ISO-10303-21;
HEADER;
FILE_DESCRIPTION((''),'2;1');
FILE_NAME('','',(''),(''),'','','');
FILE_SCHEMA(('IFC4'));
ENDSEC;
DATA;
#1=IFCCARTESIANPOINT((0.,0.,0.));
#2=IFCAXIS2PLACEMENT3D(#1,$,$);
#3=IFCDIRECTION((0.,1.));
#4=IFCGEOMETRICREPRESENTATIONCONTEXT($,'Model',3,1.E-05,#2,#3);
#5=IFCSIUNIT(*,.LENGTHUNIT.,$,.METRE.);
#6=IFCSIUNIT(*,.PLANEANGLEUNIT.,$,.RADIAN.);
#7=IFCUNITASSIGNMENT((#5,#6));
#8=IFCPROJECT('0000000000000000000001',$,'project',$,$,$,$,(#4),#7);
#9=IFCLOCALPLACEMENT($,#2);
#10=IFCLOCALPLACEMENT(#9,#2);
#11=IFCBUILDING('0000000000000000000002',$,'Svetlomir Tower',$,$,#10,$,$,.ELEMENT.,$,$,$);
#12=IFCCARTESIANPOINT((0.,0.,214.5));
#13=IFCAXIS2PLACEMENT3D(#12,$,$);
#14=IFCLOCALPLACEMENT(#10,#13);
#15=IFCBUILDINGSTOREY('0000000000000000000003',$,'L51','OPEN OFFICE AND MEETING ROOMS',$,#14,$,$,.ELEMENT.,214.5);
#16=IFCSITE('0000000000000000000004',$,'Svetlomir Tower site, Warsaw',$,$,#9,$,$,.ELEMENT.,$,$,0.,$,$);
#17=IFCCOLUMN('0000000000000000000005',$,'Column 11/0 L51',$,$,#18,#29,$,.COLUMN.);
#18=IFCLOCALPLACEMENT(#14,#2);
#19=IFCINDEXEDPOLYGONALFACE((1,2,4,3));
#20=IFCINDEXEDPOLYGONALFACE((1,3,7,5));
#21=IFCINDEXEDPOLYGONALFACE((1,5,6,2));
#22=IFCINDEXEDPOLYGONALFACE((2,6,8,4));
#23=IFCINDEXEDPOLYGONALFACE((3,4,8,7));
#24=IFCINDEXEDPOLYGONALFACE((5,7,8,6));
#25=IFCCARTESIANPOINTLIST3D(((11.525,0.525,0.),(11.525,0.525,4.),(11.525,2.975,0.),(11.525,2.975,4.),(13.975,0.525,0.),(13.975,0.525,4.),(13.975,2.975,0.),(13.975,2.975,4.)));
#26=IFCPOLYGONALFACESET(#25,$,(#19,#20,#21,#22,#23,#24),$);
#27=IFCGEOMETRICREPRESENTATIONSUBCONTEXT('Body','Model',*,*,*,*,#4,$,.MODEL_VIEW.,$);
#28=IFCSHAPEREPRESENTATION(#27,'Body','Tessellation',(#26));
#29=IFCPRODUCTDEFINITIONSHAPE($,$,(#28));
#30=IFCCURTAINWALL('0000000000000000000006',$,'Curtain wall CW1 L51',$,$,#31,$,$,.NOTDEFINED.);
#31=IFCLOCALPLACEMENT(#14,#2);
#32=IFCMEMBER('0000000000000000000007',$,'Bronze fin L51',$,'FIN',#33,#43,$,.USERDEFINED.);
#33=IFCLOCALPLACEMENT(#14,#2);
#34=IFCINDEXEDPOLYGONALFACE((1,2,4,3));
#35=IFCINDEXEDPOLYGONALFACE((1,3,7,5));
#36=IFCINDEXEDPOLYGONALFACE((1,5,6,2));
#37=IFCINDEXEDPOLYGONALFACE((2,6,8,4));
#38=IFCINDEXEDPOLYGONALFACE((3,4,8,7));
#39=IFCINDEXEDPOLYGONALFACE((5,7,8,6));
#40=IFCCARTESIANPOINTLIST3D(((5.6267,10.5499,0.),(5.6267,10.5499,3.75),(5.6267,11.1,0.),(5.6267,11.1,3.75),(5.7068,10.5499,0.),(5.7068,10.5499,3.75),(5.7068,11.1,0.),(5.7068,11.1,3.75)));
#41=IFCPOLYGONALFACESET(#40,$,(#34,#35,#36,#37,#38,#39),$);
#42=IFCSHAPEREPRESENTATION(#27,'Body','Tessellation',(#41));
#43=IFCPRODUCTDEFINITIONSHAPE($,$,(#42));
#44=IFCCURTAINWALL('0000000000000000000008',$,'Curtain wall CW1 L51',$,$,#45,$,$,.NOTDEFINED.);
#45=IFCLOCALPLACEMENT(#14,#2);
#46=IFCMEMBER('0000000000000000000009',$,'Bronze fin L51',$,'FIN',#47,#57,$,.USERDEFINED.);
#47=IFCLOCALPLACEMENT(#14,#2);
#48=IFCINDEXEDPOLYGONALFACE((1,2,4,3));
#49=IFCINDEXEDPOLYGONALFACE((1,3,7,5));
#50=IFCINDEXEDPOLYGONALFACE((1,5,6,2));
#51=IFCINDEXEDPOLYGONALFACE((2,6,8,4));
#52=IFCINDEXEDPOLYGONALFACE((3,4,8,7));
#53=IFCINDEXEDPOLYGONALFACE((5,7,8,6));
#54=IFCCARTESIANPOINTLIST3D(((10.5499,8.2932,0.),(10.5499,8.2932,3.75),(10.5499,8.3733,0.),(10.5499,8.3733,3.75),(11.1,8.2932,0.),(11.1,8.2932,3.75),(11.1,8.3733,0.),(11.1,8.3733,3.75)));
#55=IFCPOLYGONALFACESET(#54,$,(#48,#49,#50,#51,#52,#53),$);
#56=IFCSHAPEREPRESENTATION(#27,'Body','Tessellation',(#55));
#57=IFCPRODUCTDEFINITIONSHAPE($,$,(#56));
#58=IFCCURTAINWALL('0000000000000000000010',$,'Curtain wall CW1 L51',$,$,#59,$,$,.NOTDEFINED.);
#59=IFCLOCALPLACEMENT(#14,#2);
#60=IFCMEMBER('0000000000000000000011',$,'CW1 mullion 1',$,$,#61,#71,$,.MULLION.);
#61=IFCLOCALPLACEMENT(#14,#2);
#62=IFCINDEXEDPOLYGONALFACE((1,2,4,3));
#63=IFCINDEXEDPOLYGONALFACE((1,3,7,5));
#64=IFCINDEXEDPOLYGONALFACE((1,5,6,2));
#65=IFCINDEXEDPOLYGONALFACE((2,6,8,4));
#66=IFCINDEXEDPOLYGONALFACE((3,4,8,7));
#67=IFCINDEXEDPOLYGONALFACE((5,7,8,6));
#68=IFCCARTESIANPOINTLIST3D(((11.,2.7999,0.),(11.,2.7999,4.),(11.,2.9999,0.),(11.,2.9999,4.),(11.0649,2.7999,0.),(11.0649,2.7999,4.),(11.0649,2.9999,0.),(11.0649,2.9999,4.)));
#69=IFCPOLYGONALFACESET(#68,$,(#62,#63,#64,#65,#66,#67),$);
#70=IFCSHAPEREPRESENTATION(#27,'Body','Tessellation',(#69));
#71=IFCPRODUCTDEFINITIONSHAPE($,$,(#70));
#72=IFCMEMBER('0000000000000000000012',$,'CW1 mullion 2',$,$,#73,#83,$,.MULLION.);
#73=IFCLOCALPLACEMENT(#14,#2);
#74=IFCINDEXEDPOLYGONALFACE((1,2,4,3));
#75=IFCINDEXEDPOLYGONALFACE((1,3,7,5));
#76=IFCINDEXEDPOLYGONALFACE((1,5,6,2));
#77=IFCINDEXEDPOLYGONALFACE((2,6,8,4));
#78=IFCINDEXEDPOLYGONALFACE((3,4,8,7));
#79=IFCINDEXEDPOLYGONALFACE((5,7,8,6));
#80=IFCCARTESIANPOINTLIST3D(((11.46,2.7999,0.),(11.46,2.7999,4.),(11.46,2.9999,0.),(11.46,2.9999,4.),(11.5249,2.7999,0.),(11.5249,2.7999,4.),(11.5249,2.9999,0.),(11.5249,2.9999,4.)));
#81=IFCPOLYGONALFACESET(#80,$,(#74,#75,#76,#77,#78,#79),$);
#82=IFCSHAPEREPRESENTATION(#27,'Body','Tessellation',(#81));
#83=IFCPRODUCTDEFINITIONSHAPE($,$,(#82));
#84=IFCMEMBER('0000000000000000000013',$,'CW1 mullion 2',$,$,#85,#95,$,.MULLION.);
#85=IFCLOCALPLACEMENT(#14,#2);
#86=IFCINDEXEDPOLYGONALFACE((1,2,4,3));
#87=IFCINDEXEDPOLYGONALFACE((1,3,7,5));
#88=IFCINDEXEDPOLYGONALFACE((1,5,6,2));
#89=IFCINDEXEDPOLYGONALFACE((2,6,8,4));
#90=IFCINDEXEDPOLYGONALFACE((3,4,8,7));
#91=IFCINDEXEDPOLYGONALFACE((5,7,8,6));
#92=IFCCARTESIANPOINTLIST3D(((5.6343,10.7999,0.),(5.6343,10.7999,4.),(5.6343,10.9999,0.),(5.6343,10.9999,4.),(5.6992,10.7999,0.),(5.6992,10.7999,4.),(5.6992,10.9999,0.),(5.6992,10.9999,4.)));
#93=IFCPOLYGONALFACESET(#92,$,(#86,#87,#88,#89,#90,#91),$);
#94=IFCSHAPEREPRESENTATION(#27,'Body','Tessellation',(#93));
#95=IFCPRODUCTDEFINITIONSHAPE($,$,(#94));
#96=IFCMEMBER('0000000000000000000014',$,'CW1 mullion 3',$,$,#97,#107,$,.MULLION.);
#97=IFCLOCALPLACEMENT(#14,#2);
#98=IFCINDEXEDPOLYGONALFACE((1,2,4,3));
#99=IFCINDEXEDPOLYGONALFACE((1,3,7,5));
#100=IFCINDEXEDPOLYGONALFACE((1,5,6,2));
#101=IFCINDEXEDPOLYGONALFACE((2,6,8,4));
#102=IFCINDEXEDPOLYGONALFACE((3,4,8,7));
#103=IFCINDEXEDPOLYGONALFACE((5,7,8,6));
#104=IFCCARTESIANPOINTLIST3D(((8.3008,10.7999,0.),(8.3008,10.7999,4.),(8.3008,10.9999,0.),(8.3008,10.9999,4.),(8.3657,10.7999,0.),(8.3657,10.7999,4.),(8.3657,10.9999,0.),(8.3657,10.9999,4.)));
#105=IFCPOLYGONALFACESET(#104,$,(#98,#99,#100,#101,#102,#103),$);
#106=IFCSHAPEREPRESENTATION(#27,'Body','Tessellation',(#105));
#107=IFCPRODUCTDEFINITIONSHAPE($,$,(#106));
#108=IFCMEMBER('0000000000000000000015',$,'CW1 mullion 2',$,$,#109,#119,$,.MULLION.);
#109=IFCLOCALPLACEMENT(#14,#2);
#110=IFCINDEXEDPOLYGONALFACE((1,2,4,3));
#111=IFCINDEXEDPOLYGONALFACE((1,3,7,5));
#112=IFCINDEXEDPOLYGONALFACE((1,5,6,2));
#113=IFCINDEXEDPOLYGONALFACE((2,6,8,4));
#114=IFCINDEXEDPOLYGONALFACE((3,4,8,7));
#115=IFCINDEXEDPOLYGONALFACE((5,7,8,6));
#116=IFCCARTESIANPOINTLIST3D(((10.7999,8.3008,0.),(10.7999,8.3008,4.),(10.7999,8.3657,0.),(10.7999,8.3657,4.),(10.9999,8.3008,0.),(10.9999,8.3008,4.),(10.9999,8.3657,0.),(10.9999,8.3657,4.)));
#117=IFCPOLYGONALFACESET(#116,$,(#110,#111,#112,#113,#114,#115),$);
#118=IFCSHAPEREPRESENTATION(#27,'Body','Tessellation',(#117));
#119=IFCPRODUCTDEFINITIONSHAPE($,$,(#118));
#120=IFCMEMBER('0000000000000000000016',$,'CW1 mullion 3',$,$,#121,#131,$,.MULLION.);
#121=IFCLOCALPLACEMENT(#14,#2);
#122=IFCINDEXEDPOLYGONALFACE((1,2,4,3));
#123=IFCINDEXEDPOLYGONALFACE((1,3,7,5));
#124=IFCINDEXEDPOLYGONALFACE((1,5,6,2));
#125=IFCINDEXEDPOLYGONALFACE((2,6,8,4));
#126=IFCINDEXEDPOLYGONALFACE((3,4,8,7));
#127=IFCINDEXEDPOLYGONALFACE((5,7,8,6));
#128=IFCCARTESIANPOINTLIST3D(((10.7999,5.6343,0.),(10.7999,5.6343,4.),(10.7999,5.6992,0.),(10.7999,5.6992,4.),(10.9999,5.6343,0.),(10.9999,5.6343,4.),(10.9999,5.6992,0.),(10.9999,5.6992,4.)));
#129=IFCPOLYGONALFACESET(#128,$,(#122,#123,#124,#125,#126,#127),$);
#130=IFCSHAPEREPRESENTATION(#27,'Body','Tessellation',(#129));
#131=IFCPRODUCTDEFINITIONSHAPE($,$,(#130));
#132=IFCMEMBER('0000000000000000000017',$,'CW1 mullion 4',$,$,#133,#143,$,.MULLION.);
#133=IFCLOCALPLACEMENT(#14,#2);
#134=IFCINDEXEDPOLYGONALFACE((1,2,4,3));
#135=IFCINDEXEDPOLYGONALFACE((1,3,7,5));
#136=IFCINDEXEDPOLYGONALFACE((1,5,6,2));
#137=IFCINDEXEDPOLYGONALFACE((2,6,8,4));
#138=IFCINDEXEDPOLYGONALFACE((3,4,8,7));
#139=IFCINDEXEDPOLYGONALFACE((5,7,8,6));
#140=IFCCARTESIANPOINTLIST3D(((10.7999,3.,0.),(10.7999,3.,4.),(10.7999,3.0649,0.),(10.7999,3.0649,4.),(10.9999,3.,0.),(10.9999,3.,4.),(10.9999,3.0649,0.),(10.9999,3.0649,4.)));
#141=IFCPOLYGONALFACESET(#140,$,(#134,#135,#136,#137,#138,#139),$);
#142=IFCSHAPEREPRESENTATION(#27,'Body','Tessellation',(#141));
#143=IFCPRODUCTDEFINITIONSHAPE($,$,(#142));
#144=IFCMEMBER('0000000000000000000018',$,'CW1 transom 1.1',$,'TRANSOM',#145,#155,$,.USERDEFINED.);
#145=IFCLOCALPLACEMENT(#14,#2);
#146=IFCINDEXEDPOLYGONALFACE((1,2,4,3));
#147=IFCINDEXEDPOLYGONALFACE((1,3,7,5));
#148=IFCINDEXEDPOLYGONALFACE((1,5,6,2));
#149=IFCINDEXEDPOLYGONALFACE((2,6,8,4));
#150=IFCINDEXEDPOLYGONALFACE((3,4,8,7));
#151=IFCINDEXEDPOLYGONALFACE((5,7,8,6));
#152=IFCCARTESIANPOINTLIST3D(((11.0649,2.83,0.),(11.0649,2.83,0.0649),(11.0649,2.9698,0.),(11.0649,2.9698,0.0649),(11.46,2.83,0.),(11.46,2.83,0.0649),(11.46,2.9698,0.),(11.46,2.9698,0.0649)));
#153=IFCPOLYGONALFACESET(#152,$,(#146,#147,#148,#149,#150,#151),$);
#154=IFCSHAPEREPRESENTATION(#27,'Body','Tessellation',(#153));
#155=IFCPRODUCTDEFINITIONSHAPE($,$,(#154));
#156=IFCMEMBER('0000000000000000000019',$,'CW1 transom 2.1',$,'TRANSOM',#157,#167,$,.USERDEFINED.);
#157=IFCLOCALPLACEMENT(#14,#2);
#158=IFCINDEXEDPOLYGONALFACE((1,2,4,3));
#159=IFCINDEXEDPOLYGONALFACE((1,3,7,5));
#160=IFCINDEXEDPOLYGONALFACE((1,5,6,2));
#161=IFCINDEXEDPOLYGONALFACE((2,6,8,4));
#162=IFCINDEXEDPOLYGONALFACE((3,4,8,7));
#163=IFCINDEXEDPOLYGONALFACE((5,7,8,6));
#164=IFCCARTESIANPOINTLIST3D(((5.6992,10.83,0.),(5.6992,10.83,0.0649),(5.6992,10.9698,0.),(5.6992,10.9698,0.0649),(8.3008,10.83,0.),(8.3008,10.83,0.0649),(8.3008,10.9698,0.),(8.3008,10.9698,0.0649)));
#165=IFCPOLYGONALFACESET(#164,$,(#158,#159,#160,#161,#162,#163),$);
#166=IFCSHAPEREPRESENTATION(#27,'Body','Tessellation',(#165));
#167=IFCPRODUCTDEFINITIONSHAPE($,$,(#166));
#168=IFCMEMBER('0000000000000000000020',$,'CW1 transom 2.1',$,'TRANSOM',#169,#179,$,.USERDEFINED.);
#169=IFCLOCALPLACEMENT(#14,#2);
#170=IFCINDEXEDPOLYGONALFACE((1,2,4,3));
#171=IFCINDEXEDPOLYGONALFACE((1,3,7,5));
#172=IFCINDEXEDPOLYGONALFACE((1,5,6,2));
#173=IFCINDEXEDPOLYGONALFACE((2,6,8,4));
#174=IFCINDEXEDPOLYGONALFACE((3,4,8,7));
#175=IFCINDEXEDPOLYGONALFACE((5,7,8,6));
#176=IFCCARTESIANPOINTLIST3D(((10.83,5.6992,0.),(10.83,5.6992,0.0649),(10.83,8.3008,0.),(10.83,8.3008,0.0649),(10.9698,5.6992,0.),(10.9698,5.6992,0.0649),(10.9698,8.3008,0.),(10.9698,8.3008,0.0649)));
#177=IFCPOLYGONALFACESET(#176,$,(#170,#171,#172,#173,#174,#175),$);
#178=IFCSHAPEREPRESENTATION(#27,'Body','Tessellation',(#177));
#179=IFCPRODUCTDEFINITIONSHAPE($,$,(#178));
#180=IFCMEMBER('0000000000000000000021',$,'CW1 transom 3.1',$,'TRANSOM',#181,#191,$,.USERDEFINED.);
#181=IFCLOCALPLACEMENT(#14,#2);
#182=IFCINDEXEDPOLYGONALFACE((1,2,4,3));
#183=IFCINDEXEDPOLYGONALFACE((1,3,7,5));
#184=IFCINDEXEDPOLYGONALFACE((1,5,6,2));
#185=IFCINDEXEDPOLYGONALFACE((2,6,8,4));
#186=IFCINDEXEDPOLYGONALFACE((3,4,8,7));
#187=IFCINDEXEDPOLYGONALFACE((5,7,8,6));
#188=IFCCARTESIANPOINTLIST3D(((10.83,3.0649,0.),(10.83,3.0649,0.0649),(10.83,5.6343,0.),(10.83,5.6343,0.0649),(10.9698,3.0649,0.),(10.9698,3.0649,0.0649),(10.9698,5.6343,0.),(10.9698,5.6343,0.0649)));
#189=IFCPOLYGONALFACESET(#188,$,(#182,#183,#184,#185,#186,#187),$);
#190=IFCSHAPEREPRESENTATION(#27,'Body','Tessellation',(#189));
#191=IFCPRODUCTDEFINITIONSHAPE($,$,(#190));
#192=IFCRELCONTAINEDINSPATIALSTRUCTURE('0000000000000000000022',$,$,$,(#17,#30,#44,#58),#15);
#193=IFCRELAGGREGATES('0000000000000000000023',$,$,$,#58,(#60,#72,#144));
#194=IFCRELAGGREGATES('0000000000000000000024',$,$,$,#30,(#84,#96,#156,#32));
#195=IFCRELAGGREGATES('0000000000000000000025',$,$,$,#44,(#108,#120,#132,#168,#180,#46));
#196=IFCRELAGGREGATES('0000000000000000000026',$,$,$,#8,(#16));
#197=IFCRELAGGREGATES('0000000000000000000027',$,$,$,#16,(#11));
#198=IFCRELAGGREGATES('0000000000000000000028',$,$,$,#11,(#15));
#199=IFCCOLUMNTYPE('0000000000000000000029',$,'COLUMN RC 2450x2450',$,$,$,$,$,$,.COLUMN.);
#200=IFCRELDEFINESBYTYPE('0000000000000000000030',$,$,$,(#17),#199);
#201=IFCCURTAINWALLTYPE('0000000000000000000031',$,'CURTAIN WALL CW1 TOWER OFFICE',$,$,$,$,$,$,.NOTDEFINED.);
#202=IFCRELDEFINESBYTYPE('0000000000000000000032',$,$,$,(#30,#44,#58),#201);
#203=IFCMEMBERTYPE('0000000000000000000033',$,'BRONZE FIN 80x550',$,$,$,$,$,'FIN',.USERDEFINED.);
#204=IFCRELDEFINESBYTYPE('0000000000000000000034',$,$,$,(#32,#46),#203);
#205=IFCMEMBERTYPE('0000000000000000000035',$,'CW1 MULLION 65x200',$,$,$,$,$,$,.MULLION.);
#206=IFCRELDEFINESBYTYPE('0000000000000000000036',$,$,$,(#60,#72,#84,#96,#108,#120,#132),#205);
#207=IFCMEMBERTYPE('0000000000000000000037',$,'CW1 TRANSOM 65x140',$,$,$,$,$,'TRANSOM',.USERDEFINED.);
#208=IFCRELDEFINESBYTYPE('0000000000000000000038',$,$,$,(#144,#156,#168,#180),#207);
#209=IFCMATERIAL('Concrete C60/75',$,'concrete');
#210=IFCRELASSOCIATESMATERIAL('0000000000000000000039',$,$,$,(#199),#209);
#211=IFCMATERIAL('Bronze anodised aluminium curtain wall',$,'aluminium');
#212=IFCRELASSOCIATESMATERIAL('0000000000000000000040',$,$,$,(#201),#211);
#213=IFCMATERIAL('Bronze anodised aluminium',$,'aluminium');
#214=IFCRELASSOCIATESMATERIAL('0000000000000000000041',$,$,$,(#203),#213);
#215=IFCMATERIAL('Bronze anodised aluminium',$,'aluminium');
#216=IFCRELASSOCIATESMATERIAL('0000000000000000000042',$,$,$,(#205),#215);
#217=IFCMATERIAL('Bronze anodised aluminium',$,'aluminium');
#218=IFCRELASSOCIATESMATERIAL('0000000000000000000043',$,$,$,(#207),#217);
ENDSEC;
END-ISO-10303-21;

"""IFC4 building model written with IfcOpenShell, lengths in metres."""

from ifc_helpers import new_model, si_unit, direction, frame, origin, origin_2d, place, context, subcontext, project, spatial, rectangle, extrude, material, material_profile, profile_set, type_object, element, aggregate, save


model = new_model("IFC4")

# Units and contexts
model_context = context("Model", 3, precision=1e-05, world=origin(), true_north=direction((0.0, 1.0)))
body_context = subcontext(model_context, "Body", "Model", "MODEL_VIEW")
ifc_project = project(units=[si_unit("LENGTHUNIT", "METRE"), si_unit("PLANEANGLEUNIT", "RADIAN")], contexts=[model_context])

# Site, building, storey
site_placement = place(None, origin())
site = spatial("IfcSite", under=ifc_project, at=site_placement, Name="Svetlomir Tower site, Warsaw", CompositionType="ELEMENT", RefElevation=0.0)
building_placement = place(site_placement, origin())
building = spatial("IfcBuilding", under=site, at=building_placement, Name="Svetlomir Tower", CompositionType="ELEMENT")
storey_placement = place(building_placement, frame((0.0, 0.0, 214.5)))
storey = spatial("IfcBuildingStorey", under=building, at=storey_placement, Name="L51", Description="OPEN OFFICE AND MEETING ROOMS", CompositionType="ELEMENT", Elevation=214.5)

# Column
ifc_material_1 = material(Name="Concrete C60/75", Category="concrete")
ifc_material_profile_1 = material_profile(ifc_material_1, rectangle(XDim=2.45, YDim=2.45, at=origin_2d()), Name="RC 2450x2450")
ifc_profile_set_1 = profile_set([ifc_material_profile_1], Name="Concrete C60/75")
column_type = type_object("IfcColumnType", Name="COLUMN RC 2450x2450", PredefinedType="COLUMN", material=ifc_profile_set_1)
column_placement = place(storey_placement, frame((12.75, 1.75, 0.0), z_axis=(0.0, 0.0, 1.0), x_axis=(1.0, 0.0, 0.0)))
element("IfcColumn", 1, at=column_placement, inside=storey, type_object=column_type, Name="Column 11/0 L51", PredefinedType="COLUMN", context=body_context, shape_type="SweptSolid", body=[
    extrude(rectangle(XDim=2.45, YDim=2.45, at=origin_2d()), origin(), (0.0, 0.0, 1.0), 4.0),
])

# Curtain walls, members
ifc_material_2 = material(Name="Bronze anodised aluminium curtain wall", Category="aluminium")
curtain_wall_type = type_object("IfcCurtainWallType", Name="CURTAIN WALL CW1 TOWER OFFICE", PredefinedType="NOTDEFINED", material=ifc_material_2)
curtain_wall_1_placement = place(storey_placement, origin())
curtain_wall_1 = element("IfcCurtainWall", 2, at=curtain_wall_1_placement, inside=storey, type_object=curtain_wall_type, Name="Curtain wall CW1 L51", PredefinedType="NOTDEFINED")
ifc_material_3 = material(Name="Bronze anodised aluminium", Category="aluminium")
ifc_material_profile_2 = material_profile(ifc_material_3, rectangle(XDim=0.0801, YDim=0.55, at=origin_2d()), Name="FIN 80x550")
ifc_profile_set_2 = profile_set([ifc_material_profile_2], Name="Bronze anodised aluminium 6063-T6")
member_type_1 = type_object("IfcMemberType", Name="BRONZE FIN 80x550", ElementType="FIN", PredefinedType="USERDEFINED", material=ifc_profile_set_2)
member_1_placement = place(storey_placement, frame((5.6667, 10.825, 0.0), z_axis=(0.0, 0.0, 1.0), x_axis=(1.0, 0.0, 0.0)))
member_1 = element("IfcMember", 3, at=member_1_placement, type_object=member_type_1, Name="Bronze fin L51", ObjectType="FIN", PredefinedType="USERDEFINED", context=body_context, shape_type="SweptSolid", body=[
    extrude(rectangle(XDim=0.0801, YDim=0.55, at=origin_2d()), origin(), (0.0, 0.0, 1.0), 3.75),
])
curtain_wall_2_placement = place(storey_placement, origin())
curtain_wall_2 = element("IfcCurtainWall", 4, at=curtain_wall_2_placement, inside=storey, type_object=curtain_wall_type, Name="Curtain wall CW1 L51", PredefinedType="NOTDEFINED")
member_2_placement = place(storey_placement, frame((10.825, 8.3333, 0.0), z_axis=(0.0, 0.0, 1.0), x_axis=(0.0, 1.0, 0.0)))
member_2 = element("IfcMember", 5, at=member_2_placement, type_object=member_type_1, Name="Bronze fin L51", ObjectType="FIN", PredefinedType="USERDEFINED", context=body_context, shape_type="SweptSolid", body=[
    extrude(rectangle(XDim=0.0801, YDim=0.55, at=origin_2d()), origin(), (0.0, 0.0, 1.0), 3.75),
])

# Curtain wall, members
curtain_wall_3_placement = place(storey_placement, origin())
curtain_wall_3 = element("IfcCurtainWall", 6, at=curtain_wall_3_placement, inside=storey, type_object=curtain_wall_type, Name="Curtain wall CW1 L51", PredefinedType="NOTDEFINED")
ifc_material_4 = material(Name="Bronze anodised aluminium", Category="aluminium")
ifc_material_profile_3 = material_profile(ifc_material_4, rectangle(XDim=0.0649, YDim=0.2, at=origin_2d()), Name="AL 65x200")
ifc_profile_set_3 = profile_set([ifc_material_profile_3], Name="Bronze anodised aluminium 6063-T6")
member_type_2 = type_object("IfcMemberType", Name="CW1 MULLION 65x200", PredefinedType="MULLION", material=ifc_profile_set_3)
member_3_placement = place(storey_placement, frame((11.0325, 2.8999, 0.0), z_axis=(0.0, 0.0, 1.0), x_axis=(1.0, 0.0, 0.0)))
member_3 = element("IfcMember", 7, at=member_3_placement, type_object=member_type_2, Name="CW1 mullion 1", PredefinedType="MULLION", context=body_context, shape_type="SweptSolid", body=[
    extrude(rectangle(XDim=0.0649, YDim=0.2, at=origin_2d()), origin(), (0.0, 0.0, 1.0), 4.0),
])
member_4_placement = place(storey_placement, frame((11.4924, 2.8999, 0.0), z_axis=(0.0, 0.0, 1.0), x_axis=(1.0, 0.0, 0.0)))
member_4 = element("IfcMember", 8, at=member_4_placement, type_object=member_type_2, Name="CW1 mullion 2", PredefinedType="MULLION", context=body_context, shape_type="SweptSolid", body=[
    extrude(rectangle(XDim=0.0649, YDim=0.2, at=origin_2d()), origin(), (0.0, 0.0, 1.0), 4.0),
])

# Members
member_5_placement = place(storey_placement, frame((5.6667, 10.8999, 0.0), z_axis=(0.0, 0.0, 1.0), x_axis=(1.0, 0.0, 0.0)))
member_5 = element("IfcMember", 9, at=member_5_placement, type_object=member_type_2, Name="CW1 mullion 2", PredefinedType="MULLION", context=body_context, shape_type="SweptSolid", body=[
    extrude(rectangle(XDim=0.0649, YDim=0.2, at=origin_2d()), origin(), (0.0, 0.0, 1.0), 4.0),
])
member_6_placement = place(storey_placement, frame((8.3333, 10.8999, 0.0), z_axis=(0.0, 0.0, 1.0), x_axis=(1.0, 0.0, 0.0)))
member_6 = element("IfcMember", 10, at=member_6_placement, type_object=member_type_2, Name="CW1 mullion 3", PredefinedType="MULLION", context=body_context, shape_type="SweptSolid", body=[
    extrude(rectangle(XDim=0.0649, YDim=0.2, at=origin_2d()), origin(), (0.0, 0.0, 1.0), 4.0),
])
member_7_placement = place(storey_placement, frame((10.8999, 8.3333, 0.0), z_axis=(0.0, 0.0, 1.0), x_axis=(0.0, -1.0, 0.0)))
member_7 = element("IfcMember", 11, at=member_7_placement, type_object=member_type_2, Name="CW1 mullion 2", PredefinedType="MULLION", context=body_context, shape_type="SweptSolid", body=[
    extrude(rectangle(XDim=0.0649, YDim=0.2, at=origin_2d()), origin(), (0.0, 0.0, 1.0), 4.0),
])
member_8_placement = place(storey_placement, frame((10.8999, 5.6667, 0.0), z_axis=(0.0, 0.0, 1.0), x_axis=(0.0, -1.0, 0.0)))
member_8 = element("IfcMember", 12, at=member_8_placement, type_object=member_type_2, Name="CW1 mullion 3", PredefinedType="MULLION", context=body_context, shape_type="SweptSolid", body=[
    extrude(rectangle(XDim=0.0649, YDim=0.2, at=origin_2d()), origin(), (0.0, 0.0, 1.0), 4.0),
])
member_9_placement = place(storey_placement, frame((10.8999, 3.0325, 0.0), z_axis=(0.0, 0.0, 1.0), x_axis=(0.0, -1.0, 0.0)))
member_9 = element("IfcMember", 13, at=member_9_placement, type_object=member_type_2, Name="CW1 mullion 4", PredefinedType="MULLION", context=body_context, shape_type="SweptSolid", body=[
    extrude(rectangle(XDim=0.0649, YDim=0.2, at=origin_2d()), origin(), (0.0, 0.0, 1.0), 4.0),
])
ifc_material_5 = material(Name="Bronze anodised aluminium", Category="aluminium")
ifc_material_profile_4 = material_profile(ifc_material_5, rectangle(XDim=0.1399, YDim=0.0649, at=origin_2d()), Name="AL 140x65")
ifc_profile_set_4 = profile_set([ifc_material_profile_4], Name="Bronze anodised aluminium 6063-T6")
member_type_3 = type_object("IfcMemberType", Name="CW1 TRANSOM 65x140", ElementType="TRANSOM", PredefinedType="USERDEFINED", material=ifc_profile_set_4)
member_10_placement = place(storey_placement, frame((11.0649, 2.8999, 0.0325), z_axis=(1.0, 0.0, 0.0), x_axis=(0.0, 1.0, 0.0)))
member_10 = element("IfcMember", 14, at=member_10_placement, type_object=member_type_3, Name="CW1 transom 1.1", ObjectType="TRANSOM", PredefinedType="USERDEFINED", context=body_context, shape_type="SweptSolid", body=[
    extrude(rectangle(XDim=0.1399, YDim=0.0649, at=origin_2d()), origin(), (0.0, 0.0, 1.0), 0.395),
])
member_11_placement = place(storey_placement, frame((5.6992, 10.8999, 0.0325), z_axis=(1.0, 0.0, 0.0), x_axis=(0.0, 1.0, 0.0)))
member_11 = element("IfcMember", 15, at=member_11_placement, type_object=member_type_3, Name="CW1 transom 2.1", ObjectType="TRANSOM", PredefinedType="USERDEFINED", context=body_context, shape_type="SweptSolid", body=[
    extrude(rectangle(XDim=0.1399, YDim=0.0649, at=origin_2d()), origin(), (0.0, 0.0, 1.0), 2.6016),
])
member_12_placement = place(storey_placement, frame((10.8999, 8.3008, 0.0325), z_axis=(0.0, -1.0, 0.0), x_axis=(1.0, 0.0, 0.0)))
member_12 = element("IfcMember", 16, at=member_12_placement, type_object=member_type_3, Name="CW1 transom 2.1", ObjectType="TRANSOM", PredefinedType="USERDEFINED", context=body_context, shape_type="SweptSolid", body=[
    extrude(rectangle(XDim=0.1399, YDim=0.0649, at=origin_2d()), origin(), (0.0, 0.0, 1.0), 2.6016),
])
member_13_placement = place(storey_placement, frame((10.8999, 5.6343, 0.0325), z_axis=(0.0, -1.0, 0.0), x_axis=(1.0, 0.0, 0.0)))
member_13 = element("IfcMember", 17, at=member_13_placement, type_object=member_type_3, Name="CW1 transom 3.1", ObjectType="TRANSOM", PredefinedType="USERDEFINED", context=body_context, shape_type="SweptSolid", body=[
    extrude(rectangle(XDim=0.1399, YDim=0.0649, at=origin_2d()), origin(), (0.0, 0.0, 1.0), 2.5693),
])

aggregate(curtain_wall_3, [member_3, member_4, member_10])
aggregate(curtain_wall_1, [member_5, member_6, member_11, member_1])
aggregate(curtain_wall_2, [member_7, member_8, member_9, member_12, member_13, member_2])

save(model, "model.ifc")
